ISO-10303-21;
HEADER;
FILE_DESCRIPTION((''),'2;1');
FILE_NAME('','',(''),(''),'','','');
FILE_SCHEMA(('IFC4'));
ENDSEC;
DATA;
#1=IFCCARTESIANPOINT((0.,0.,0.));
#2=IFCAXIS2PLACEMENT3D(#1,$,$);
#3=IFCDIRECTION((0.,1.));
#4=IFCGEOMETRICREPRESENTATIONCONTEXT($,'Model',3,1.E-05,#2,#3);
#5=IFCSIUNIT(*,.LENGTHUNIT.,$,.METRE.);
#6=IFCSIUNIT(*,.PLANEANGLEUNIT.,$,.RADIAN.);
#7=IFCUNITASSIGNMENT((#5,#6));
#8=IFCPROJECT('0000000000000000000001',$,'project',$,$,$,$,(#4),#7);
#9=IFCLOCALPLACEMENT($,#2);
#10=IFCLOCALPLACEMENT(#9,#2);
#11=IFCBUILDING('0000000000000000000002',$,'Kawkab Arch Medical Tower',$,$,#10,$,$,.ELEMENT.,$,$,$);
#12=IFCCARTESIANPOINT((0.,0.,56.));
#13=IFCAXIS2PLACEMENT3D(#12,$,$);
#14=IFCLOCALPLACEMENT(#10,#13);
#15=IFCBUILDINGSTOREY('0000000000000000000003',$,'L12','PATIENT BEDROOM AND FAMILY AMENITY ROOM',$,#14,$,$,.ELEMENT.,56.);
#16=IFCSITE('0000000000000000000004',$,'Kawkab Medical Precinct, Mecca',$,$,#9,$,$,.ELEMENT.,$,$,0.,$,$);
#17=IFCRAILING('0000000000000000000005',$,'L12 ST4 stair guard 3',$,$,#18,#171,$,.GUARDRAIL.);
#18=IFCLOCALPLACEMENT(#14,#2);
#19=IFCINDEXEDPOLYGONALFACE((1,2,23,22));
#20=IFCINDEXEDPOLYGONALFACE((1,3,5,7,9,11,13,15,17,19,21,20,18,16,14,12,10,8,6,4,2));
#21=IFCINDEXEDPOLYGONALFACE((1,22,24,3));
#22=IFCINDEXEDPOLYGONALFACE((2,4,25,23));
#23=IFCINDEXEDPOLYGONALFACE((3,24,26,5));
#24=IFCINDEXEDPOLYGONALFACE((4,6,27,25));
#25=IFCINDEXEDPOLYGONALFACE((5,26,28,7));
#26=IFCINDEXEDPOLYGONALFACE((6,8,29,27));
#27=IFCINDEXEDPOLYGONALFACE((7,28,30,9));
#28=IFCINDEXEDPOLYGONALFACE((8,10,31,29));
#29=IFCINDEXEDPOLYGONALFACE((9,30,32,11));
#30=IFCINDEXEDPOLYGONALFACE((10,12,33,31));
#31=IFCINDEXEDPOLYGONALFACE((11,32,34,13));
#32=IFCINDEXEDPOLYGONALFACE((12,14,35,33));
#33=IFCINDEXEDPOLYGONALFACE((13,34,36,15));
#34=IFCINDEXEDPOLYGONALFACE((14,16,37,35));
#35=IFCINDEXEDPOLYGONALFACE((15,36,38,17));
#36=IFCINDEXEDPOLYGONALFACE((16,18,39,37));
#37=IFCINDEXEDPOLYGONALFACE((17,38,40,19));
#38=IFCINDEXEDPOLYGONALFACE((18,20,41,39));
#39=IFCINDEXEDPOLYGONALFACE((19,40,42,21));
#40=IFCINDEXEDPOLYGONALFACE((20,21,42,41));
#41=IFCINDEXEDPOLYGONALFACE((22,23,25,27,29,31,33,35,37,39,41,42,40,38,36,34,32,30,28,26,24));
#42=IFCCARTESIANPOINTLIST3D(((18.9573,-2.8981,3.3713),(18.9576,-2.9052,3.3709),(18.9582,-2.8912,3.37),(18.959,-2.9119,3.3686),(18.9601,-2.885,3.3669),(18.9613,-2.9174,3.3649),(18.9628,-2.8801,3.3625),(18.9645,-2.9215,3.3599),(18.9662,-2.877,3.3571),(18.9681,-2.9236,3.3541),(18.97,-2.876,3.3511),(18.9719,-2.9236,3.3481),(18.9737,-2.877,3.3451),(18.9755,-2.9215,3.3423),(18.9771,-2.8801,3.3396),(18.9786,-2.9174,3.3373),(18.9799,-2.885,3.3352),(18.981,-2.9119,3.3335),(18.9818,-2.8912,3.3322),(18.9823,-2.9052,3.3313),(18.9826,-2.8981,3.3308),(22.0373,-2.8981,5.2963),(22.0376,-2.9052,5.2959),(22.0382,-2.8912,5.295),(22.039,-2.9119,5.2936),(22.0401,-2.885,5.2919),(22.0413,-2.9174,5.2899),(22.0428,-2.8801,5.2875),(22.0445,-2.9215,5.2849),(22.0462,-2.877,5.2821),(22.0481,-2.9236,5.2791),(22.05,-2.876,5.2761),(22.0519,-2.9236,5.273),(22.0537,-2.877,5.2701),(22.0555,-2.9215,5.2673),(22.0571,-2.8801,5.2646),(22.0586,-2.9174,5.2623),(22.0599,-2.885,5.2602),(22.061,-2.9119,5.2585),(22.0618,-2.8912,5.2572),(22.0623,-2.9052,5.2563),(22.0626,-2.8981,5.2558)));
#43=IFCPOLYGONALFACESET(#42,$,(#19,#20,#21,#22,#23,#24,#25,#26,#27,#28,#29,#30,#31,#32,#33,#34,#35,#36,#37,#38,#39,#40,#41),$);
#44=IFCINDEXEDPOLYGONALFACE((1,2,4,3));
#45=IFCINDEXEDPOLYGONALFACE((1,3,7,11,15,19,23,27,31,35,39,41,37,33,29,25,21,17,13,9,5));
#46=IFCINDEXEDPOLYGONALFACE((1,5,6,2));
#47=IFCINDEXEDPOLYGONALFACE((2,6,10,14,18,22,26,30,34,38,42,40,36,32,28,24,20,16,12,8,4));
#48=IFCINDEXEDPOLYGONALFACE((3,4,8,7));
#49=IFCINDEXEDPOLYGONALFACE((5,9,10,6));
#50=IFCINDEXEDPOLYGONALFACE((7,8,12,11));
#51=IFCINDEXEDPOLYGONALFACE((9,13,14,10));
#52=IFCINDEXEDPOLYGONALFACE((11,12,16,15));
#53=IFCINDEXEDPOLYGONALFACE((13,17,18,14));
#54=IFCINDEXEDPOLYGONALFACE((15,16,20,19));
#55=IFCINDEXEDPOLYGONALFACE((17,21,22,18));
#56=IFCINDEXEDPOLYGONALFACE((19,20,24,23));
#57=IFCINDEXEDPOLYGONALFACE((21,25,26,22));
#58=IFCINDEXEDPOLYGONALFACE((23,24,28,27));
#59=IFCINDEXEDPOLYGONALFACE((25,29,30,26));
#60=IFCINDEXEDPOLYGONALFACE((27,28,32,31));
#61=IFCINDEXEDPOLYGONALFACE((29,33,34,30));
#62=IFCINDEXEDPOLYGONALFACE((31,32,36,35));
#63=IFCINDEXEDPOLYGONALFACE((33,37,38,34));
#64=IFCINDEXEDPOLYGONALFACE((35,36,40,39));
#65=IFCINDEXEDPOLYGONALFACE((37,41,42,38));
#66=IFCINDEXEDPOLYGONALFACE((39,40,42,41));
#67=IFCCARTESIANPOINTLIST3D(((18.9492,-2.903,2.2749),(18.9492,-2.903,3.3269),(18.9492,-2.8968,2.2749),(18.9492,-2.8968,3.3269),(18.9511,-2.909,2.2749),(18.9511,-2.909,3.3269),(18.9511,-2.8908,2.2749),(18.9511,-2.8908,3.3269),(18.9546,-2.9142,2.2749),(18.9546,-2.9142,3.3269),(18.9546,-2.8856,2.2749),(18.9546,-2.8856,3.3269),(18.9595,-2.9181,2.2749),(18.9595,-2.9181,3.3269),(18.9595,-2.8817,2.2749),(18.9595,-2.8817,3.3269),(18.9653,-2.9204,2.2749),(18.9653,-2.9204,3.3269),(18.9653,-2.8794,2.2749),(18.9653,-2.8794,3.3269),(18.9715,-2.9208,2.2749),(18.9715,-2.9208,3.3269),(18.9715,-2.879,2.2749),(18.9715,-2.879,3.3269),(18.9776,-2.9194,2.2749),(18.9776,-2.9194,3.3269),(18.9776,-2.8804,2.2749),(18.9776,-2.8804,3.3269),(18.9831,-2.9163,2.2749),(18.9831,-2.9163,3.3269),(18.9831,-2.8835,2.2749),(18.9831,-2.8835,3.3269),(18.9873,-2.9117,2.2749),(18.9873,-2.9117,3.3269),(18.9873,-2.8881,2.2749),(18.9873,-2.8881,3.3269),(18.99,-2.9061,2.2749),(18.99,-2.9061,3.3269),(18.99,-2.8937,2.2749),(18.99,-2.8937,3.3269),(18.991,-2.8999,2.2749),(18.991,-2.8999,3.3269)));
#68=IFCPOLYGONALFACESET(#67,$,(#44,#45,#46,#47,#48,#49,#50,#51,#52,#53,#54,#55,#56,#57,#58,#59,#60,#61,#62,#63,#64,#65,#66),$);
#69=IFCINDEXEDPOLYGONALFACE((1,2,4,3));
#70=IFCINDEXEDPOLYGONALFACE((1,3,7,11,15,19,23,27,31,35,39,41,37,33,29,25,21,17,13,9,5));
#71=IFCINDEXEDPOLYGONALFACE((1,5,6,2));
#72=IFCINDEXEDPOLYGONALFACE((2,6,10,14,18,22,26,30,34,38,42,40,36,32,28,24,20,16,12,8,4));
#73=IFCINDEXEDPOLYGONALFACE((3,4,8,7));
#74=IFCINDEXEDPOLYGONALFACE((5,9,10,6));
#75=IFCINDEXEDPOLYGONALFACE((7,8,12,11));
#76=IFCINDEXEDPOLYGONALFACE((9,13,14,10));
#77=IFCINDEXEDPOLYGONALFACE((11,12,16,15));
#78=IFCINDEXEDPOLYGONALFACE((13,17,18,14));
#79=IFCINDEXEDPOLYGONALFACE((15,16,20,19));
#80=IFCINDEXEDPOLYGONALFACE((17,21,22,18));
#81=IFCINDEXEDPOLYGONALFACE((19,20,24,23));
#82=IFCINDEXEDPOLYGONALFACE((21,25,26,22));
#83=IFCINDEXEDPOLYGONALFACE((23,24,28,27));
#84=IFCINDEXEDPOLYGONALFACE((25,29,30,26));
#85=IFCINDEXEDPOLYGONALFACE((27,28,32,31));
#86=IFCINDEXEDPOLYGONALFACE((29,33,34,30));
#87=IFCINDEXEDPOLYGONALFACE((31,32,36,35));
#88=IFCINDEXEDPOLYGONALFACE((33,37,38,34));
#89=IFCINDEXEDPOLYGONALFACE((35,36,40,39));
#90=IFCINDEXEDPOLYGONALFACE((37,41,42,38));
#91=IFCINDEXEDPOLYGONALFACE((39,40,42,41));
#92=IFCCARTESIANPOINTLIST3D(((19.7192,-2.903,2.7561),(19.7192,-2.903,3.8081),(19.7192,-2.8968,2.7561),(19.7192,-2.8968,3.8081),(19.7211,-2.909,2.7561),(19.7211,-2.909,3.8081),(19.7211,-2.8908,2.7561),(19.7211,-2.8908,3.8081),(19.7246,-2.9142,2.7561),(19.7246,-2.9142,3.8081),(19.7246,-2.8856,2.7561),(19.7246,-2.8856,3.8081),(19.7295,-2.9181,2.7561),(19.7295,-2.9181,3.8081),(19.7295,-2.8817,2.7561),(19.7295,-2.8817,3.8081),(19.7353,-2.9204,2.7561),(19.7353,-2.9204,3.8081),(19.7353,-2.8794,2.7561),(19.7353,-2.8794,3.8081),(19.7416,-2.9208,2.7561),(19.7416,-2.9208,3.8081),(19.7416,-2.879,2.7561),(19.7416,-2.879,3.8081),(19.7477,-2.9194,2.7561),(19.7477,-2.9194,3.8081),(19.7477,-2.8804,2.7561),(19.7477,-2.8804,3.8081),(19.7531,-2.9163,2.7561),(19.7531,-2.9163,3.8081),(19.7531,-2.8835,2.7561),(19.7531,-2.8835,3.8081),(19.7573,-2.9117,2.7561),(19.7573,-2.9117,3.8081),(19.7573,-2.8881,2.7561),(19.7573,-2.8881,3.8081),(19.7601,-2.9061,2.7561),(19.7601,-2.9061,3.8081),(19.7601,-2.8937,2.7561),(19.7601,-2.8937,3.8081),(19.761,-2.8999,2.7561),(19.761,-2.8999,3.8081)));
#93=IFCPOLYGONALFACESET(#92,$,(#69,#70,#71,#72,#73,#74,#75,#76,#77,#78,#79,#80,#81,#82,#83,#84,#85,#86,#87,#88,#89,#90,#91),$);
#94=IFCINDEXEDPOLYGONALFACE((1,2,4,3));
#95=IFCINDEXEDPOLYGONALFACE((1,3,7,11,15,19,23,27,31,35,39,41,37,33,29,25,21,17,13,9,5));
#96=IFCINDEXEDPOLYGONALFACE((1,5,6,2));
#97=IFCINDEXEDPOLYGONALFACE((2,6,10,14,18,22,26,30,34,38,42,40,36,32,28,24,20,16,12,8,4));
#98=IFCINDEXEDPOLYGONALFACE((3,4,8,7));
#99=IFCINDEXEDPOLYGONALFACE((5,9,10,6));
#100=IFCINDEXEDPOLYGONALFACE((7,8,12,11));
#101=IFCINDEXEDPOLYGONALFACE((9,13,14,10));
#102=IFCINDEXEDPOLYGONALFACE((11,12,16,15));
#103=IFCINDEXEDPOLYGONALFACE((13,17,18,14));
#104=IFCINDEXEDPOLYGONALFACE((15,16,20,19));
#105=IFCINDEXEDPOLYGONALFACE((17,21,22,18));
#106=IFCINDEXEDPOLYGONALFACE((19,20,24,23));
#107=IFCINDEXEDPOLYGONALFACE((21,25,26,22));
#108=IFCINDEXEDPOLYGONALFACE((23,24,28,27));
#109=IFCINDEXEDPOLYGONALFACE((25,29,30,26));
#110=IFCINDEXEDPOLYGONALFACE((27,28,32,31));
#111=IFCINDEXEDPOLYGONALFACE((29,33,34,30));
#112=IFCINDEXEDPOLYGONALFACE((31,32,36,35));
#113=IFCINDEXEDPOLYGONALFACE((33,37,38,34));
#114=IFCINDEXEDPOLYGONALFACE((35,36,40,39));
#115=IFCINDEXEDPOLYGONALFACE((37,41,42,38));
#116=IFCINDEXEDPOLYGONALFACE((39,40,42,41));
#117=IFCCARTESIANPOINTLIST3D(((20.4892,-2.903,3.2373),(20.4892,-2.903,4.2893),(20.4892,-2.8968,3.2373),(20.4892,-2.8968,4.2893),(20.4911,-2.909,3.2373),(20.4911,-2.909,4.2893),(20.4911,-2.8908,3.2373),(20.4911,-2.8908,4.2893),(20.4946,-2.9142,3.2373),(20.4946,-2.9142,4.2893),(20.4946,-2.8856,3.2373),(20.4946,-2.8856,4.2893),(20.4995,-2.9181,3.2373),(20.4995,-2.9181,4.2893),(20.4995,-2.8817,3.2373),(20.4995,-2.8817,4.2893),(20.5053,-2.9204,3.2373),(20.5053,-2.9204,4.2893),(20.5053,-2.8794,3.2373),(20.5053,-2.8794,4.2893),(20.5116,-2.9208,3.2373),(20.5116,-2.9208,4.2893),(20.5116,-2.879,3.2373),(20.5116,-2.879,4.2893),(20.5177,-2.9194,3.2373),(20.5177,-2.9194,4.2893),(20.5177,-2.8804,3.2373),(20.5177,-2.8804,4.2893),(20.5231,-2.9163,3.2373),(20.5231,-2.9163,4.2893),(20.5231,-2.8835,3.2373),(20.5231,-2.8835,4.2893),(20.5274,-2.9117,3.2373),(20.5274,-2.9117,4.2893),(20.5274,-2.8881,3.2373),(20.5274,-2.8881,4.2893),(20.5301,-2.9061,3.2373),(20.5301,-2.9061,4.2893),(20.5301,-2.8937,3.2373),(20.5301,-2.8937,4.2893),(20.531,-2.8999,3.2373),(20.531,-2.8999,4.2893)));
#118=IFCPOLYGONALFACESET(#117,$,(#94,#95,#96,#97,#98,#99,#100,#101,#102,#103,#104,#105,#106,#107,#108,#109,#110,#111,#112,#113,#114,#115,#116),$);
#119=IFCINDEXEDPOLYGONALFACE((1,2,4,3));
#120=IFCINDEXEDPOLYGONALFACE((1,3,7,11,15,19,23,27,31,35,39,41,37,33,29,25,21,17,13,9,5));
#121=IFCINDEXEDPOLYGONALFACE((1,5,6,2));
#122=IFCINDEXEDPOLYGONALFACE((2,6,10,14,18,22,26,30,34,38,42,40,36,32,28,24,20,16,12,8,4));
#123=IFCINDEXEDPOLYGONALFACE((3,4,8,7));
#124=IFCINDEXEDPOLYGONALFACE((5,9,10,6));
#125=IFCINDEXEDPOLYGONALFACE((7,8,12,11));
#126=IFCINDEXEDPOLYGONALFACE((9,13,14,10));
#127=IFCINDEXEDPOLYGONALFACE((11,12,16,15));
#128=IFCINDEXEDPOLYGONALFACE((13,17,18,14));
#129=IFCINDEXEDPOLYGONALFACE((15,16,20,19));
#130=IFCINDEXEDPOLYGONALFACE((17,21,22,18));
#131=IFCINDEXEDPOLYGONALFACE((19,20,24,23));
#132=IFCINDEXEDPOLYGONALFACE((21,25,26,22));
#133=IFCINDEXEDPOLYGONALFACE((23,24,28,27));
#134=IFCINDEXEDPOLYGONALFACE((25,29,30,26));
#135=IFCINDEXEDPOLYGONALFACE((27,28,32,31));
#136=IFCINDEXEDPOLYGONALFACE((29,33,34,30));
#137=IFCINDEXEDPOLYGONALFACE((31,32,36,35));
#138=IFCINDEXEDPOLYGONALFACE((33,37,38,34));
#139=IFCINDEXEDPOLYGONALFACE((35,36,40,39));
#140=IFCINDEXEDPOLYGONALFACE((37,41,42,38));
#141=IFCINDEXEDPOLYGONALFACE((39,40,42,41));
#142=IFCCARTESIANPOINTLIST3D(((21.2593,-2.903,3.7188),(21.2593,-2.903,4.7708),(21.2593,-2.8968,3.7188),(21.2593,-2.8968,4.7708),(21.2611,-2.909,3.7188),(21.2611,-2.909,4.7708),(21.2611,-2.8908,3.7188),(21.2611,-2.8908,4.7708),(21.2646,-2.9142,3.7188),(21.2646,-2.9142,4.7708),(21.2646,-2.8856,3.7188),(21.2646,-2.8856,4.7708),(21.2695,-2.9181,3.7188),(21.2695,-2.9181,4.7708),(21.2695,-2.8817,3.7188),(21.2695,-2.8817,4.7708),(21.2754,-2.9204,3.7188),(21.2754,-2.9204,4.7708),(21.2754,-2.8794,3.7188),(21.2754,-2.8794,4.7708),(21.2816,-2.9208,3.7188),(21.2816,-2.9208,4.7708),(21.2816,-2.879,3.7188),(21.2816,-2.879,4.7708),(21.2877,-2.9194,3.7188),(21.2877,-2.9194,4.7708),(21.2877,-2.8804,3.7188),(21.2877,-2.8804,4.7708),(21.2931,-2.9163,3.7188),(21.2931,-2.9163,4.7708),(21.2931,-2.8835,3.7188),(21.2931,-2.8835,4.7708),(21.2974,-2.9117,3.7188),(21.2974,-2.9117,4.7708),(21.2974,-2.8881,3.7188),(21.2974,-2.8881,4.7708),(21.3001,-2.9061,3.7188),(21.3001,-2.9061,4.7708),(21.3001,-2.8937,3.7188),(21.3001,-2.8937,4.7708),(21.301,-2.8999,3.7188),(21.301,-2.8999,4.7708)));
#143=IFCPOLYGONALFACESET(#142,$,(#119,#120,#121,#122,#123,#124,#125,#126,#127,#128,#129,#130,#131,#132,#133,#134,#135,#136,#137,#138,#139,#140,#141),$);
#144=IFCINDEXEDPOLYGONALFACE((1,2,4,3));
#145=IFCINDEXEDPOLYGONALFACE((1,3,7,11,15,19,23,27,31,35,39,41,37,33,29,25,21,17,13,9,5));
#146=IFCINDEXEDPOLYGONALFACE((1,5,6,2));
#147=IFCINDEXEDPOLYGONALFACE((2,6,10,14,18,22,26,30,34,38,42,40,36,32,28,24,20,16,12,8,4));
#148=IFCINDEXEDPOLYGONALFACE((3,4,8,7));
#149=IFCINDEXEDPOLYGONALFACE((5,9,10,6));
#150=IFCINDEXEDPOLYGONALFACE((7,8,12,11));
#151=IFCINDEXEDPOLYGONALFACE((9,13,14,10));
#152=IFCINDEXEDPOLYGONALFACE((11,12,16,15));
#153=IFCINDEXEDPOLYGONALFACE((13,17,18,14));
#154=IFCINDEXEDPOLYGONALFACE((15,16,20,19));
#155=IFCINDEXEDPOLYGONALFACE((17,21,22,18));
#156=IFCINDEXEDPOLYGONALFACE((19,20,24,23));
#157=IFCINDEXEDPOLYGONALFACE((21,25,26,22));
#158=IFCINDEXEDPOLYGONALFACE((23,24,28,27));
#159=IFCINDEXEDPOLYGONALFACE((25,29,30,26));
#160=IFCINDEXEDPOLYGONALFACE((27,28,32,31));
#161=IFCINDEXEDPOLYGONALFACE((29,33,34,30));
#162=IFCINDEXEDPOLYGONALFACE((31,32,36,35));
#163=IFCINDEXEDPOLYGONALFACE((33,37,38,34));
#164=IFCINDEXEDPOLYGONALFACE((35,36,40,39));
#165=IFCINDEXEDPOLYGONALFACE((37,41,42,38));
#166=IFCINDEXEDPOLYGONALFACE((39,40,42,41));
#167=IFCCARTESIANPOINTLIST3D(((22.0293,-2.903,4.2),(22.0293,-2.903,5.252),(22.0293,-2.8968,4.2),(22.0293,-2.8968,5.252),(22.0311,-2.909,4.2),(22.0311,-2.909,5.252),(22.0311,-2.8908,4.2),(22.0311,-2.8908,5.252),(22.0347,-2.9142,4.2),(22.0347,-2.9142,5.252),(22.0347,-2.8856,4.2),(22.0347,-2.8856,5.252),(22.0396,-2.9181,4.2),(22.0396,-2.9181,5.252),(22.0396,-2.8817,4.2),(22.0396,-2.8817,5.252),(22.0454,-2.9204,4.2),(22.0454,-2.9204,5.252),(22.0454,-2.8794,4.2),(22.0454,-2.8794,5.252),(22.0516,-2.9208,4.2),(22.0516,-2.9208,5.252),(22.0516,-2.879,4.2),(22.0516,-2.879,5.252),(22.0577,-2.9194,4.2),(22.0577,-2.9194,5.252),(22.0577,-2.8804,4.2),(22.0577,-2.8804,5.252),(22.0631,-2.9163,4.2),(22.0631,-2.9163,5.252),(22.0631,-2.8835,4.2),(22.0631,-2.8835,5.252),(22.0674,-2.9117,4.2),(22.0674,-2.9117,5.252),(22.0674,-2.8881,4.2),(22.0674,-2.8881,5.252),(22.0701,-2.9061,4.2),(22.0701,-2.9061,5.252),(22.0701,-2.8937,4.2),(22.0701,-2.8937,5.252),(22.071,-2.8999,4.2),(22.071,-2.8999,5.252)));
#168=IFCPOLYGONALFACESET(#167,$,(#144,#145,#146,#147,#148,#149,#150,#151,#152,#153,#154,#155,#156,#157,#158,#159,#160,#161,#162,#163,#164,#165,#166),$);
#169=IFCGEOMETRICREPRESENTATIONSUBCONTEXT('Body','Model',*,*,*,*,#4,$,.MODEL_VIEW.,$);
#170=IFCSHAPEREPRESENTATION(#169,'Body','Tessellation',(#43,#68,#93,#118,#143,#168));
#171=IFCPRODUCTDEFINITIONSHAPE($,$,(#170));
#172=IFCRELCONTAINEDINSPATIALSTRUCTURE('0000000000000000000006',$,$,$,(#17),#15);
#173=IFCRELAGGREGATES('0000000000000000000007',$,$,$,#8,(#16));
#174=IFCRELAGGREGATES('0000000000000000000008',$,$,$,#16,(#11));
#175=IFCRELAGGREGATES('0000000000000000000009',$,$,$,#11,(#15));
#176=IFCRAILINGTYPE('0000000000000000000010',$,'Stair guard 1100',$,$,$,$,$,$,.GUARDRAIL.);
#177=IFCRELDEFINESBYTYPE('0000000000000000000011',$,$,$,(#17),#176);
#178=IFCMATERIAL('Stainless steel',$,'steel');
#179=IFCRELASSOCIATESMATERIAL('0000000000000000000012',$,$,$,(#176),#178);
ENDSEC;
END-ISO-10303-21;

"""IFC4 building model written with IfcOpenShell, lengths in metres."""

from ifc_helpers import new_model, si_unit, direction, frame, origin, origin_2d, place, context, subcontext, project, spatial, circle, extrude, material, type_object, element, save


model = new_model("IFC4")

# Units and contexts
model_context = context("Model", 3, precision=1e-05, world=origin(), true_north=direction((0.0, 1.0)))
body_context = subcontext(model_context, "Body", "Model", "MODEL_VIEW")
ifc_project = project(units=[si_unit("LENGTHUNIT", "METRE"), si_unit("PLANEANGLEUNIT", "RADIAN")], contexts=[model_context])

# Site, building, storey
site_placement = place(None, origin())
site = spatial("IfcSite", under=ifc_project, at=site_placement, Name="Kawkab Medical Precinct, Mecca", CompositionType="ELEMENT", RefElevation=0.0)
building_placement = place(site_placement, origin())
building = spatial("IfcBuilding", under=site, at=building_placement, Name="Kawkab Arch Medical Tower", CompositionType="ELEMENT")
storey_placement = place(building_placement, frame((0.0, 0.0, 56.0)))
storey = spatial("IfcBuildingStorey", under=building, at=storey_placement, Name="L12", Description="PATIENT BEDROOM AND FAMILY AMENITY ROOM", CompositionType="ELEMENT", Elevation=56.0)

# Railing
ifc_material_1 = material(Name="Stainless steel", Category="steel")
railing_type_1 = type_object("IfcRailingType", Name="Stair guard 1100", PredefinedType="GUARDRAIL", material=ifc_material_1)
railing_1_placement = place(storey_placement, frame((18.97, -2.8999, 2.2749)))
element("IfcRailing", 1, at=railing_1_placement, inside=storey, type_object=railing_type_1, Name="L12 ST4 stair guard 3", PredefinedType="GUARDRAIL", context=body_context, shape_type="SweptSolid", body=[
    extrude(circle(Radius=0.0239, at=origin_2d()), frame((0.0, 0.0, 1.0762), z_axis=(0.847998, 0.0, 0.529999), x_axis=(0.0, 1.0, 0.0)), (0.0, 0.0, 1.0), 3.6321),
    extrude(circle(Radius=0.021, at=origin_2d()), origin(), (0.0, 0.0, 1.0), 1.052),
    extrude(circle(Radius=0.021, at=origin_2d()), frame((0.77, 0.0, 0.4812)), (0.0, 0.0, 1.0), 1.052),
    extrude(circle(Radius=0.021, at=origin_2d()), frame((1.54, 0.0, 0.9624)), (0.0, 0.0, 1.0), 1.052),
    extrude(circle(Radius=0.021, at=origin_2d()), frame((2.3101, 0.0, 1.4438)), (0.0, 0.0, 1.0), 1.052),
    extrude(circle(Radius=0.021, at=origin_2d()), frame((3.0801, 0.0, 1.925)), (0.0, 0.0, 1.0), 1.052),
])

save(model, "model.ifc")
